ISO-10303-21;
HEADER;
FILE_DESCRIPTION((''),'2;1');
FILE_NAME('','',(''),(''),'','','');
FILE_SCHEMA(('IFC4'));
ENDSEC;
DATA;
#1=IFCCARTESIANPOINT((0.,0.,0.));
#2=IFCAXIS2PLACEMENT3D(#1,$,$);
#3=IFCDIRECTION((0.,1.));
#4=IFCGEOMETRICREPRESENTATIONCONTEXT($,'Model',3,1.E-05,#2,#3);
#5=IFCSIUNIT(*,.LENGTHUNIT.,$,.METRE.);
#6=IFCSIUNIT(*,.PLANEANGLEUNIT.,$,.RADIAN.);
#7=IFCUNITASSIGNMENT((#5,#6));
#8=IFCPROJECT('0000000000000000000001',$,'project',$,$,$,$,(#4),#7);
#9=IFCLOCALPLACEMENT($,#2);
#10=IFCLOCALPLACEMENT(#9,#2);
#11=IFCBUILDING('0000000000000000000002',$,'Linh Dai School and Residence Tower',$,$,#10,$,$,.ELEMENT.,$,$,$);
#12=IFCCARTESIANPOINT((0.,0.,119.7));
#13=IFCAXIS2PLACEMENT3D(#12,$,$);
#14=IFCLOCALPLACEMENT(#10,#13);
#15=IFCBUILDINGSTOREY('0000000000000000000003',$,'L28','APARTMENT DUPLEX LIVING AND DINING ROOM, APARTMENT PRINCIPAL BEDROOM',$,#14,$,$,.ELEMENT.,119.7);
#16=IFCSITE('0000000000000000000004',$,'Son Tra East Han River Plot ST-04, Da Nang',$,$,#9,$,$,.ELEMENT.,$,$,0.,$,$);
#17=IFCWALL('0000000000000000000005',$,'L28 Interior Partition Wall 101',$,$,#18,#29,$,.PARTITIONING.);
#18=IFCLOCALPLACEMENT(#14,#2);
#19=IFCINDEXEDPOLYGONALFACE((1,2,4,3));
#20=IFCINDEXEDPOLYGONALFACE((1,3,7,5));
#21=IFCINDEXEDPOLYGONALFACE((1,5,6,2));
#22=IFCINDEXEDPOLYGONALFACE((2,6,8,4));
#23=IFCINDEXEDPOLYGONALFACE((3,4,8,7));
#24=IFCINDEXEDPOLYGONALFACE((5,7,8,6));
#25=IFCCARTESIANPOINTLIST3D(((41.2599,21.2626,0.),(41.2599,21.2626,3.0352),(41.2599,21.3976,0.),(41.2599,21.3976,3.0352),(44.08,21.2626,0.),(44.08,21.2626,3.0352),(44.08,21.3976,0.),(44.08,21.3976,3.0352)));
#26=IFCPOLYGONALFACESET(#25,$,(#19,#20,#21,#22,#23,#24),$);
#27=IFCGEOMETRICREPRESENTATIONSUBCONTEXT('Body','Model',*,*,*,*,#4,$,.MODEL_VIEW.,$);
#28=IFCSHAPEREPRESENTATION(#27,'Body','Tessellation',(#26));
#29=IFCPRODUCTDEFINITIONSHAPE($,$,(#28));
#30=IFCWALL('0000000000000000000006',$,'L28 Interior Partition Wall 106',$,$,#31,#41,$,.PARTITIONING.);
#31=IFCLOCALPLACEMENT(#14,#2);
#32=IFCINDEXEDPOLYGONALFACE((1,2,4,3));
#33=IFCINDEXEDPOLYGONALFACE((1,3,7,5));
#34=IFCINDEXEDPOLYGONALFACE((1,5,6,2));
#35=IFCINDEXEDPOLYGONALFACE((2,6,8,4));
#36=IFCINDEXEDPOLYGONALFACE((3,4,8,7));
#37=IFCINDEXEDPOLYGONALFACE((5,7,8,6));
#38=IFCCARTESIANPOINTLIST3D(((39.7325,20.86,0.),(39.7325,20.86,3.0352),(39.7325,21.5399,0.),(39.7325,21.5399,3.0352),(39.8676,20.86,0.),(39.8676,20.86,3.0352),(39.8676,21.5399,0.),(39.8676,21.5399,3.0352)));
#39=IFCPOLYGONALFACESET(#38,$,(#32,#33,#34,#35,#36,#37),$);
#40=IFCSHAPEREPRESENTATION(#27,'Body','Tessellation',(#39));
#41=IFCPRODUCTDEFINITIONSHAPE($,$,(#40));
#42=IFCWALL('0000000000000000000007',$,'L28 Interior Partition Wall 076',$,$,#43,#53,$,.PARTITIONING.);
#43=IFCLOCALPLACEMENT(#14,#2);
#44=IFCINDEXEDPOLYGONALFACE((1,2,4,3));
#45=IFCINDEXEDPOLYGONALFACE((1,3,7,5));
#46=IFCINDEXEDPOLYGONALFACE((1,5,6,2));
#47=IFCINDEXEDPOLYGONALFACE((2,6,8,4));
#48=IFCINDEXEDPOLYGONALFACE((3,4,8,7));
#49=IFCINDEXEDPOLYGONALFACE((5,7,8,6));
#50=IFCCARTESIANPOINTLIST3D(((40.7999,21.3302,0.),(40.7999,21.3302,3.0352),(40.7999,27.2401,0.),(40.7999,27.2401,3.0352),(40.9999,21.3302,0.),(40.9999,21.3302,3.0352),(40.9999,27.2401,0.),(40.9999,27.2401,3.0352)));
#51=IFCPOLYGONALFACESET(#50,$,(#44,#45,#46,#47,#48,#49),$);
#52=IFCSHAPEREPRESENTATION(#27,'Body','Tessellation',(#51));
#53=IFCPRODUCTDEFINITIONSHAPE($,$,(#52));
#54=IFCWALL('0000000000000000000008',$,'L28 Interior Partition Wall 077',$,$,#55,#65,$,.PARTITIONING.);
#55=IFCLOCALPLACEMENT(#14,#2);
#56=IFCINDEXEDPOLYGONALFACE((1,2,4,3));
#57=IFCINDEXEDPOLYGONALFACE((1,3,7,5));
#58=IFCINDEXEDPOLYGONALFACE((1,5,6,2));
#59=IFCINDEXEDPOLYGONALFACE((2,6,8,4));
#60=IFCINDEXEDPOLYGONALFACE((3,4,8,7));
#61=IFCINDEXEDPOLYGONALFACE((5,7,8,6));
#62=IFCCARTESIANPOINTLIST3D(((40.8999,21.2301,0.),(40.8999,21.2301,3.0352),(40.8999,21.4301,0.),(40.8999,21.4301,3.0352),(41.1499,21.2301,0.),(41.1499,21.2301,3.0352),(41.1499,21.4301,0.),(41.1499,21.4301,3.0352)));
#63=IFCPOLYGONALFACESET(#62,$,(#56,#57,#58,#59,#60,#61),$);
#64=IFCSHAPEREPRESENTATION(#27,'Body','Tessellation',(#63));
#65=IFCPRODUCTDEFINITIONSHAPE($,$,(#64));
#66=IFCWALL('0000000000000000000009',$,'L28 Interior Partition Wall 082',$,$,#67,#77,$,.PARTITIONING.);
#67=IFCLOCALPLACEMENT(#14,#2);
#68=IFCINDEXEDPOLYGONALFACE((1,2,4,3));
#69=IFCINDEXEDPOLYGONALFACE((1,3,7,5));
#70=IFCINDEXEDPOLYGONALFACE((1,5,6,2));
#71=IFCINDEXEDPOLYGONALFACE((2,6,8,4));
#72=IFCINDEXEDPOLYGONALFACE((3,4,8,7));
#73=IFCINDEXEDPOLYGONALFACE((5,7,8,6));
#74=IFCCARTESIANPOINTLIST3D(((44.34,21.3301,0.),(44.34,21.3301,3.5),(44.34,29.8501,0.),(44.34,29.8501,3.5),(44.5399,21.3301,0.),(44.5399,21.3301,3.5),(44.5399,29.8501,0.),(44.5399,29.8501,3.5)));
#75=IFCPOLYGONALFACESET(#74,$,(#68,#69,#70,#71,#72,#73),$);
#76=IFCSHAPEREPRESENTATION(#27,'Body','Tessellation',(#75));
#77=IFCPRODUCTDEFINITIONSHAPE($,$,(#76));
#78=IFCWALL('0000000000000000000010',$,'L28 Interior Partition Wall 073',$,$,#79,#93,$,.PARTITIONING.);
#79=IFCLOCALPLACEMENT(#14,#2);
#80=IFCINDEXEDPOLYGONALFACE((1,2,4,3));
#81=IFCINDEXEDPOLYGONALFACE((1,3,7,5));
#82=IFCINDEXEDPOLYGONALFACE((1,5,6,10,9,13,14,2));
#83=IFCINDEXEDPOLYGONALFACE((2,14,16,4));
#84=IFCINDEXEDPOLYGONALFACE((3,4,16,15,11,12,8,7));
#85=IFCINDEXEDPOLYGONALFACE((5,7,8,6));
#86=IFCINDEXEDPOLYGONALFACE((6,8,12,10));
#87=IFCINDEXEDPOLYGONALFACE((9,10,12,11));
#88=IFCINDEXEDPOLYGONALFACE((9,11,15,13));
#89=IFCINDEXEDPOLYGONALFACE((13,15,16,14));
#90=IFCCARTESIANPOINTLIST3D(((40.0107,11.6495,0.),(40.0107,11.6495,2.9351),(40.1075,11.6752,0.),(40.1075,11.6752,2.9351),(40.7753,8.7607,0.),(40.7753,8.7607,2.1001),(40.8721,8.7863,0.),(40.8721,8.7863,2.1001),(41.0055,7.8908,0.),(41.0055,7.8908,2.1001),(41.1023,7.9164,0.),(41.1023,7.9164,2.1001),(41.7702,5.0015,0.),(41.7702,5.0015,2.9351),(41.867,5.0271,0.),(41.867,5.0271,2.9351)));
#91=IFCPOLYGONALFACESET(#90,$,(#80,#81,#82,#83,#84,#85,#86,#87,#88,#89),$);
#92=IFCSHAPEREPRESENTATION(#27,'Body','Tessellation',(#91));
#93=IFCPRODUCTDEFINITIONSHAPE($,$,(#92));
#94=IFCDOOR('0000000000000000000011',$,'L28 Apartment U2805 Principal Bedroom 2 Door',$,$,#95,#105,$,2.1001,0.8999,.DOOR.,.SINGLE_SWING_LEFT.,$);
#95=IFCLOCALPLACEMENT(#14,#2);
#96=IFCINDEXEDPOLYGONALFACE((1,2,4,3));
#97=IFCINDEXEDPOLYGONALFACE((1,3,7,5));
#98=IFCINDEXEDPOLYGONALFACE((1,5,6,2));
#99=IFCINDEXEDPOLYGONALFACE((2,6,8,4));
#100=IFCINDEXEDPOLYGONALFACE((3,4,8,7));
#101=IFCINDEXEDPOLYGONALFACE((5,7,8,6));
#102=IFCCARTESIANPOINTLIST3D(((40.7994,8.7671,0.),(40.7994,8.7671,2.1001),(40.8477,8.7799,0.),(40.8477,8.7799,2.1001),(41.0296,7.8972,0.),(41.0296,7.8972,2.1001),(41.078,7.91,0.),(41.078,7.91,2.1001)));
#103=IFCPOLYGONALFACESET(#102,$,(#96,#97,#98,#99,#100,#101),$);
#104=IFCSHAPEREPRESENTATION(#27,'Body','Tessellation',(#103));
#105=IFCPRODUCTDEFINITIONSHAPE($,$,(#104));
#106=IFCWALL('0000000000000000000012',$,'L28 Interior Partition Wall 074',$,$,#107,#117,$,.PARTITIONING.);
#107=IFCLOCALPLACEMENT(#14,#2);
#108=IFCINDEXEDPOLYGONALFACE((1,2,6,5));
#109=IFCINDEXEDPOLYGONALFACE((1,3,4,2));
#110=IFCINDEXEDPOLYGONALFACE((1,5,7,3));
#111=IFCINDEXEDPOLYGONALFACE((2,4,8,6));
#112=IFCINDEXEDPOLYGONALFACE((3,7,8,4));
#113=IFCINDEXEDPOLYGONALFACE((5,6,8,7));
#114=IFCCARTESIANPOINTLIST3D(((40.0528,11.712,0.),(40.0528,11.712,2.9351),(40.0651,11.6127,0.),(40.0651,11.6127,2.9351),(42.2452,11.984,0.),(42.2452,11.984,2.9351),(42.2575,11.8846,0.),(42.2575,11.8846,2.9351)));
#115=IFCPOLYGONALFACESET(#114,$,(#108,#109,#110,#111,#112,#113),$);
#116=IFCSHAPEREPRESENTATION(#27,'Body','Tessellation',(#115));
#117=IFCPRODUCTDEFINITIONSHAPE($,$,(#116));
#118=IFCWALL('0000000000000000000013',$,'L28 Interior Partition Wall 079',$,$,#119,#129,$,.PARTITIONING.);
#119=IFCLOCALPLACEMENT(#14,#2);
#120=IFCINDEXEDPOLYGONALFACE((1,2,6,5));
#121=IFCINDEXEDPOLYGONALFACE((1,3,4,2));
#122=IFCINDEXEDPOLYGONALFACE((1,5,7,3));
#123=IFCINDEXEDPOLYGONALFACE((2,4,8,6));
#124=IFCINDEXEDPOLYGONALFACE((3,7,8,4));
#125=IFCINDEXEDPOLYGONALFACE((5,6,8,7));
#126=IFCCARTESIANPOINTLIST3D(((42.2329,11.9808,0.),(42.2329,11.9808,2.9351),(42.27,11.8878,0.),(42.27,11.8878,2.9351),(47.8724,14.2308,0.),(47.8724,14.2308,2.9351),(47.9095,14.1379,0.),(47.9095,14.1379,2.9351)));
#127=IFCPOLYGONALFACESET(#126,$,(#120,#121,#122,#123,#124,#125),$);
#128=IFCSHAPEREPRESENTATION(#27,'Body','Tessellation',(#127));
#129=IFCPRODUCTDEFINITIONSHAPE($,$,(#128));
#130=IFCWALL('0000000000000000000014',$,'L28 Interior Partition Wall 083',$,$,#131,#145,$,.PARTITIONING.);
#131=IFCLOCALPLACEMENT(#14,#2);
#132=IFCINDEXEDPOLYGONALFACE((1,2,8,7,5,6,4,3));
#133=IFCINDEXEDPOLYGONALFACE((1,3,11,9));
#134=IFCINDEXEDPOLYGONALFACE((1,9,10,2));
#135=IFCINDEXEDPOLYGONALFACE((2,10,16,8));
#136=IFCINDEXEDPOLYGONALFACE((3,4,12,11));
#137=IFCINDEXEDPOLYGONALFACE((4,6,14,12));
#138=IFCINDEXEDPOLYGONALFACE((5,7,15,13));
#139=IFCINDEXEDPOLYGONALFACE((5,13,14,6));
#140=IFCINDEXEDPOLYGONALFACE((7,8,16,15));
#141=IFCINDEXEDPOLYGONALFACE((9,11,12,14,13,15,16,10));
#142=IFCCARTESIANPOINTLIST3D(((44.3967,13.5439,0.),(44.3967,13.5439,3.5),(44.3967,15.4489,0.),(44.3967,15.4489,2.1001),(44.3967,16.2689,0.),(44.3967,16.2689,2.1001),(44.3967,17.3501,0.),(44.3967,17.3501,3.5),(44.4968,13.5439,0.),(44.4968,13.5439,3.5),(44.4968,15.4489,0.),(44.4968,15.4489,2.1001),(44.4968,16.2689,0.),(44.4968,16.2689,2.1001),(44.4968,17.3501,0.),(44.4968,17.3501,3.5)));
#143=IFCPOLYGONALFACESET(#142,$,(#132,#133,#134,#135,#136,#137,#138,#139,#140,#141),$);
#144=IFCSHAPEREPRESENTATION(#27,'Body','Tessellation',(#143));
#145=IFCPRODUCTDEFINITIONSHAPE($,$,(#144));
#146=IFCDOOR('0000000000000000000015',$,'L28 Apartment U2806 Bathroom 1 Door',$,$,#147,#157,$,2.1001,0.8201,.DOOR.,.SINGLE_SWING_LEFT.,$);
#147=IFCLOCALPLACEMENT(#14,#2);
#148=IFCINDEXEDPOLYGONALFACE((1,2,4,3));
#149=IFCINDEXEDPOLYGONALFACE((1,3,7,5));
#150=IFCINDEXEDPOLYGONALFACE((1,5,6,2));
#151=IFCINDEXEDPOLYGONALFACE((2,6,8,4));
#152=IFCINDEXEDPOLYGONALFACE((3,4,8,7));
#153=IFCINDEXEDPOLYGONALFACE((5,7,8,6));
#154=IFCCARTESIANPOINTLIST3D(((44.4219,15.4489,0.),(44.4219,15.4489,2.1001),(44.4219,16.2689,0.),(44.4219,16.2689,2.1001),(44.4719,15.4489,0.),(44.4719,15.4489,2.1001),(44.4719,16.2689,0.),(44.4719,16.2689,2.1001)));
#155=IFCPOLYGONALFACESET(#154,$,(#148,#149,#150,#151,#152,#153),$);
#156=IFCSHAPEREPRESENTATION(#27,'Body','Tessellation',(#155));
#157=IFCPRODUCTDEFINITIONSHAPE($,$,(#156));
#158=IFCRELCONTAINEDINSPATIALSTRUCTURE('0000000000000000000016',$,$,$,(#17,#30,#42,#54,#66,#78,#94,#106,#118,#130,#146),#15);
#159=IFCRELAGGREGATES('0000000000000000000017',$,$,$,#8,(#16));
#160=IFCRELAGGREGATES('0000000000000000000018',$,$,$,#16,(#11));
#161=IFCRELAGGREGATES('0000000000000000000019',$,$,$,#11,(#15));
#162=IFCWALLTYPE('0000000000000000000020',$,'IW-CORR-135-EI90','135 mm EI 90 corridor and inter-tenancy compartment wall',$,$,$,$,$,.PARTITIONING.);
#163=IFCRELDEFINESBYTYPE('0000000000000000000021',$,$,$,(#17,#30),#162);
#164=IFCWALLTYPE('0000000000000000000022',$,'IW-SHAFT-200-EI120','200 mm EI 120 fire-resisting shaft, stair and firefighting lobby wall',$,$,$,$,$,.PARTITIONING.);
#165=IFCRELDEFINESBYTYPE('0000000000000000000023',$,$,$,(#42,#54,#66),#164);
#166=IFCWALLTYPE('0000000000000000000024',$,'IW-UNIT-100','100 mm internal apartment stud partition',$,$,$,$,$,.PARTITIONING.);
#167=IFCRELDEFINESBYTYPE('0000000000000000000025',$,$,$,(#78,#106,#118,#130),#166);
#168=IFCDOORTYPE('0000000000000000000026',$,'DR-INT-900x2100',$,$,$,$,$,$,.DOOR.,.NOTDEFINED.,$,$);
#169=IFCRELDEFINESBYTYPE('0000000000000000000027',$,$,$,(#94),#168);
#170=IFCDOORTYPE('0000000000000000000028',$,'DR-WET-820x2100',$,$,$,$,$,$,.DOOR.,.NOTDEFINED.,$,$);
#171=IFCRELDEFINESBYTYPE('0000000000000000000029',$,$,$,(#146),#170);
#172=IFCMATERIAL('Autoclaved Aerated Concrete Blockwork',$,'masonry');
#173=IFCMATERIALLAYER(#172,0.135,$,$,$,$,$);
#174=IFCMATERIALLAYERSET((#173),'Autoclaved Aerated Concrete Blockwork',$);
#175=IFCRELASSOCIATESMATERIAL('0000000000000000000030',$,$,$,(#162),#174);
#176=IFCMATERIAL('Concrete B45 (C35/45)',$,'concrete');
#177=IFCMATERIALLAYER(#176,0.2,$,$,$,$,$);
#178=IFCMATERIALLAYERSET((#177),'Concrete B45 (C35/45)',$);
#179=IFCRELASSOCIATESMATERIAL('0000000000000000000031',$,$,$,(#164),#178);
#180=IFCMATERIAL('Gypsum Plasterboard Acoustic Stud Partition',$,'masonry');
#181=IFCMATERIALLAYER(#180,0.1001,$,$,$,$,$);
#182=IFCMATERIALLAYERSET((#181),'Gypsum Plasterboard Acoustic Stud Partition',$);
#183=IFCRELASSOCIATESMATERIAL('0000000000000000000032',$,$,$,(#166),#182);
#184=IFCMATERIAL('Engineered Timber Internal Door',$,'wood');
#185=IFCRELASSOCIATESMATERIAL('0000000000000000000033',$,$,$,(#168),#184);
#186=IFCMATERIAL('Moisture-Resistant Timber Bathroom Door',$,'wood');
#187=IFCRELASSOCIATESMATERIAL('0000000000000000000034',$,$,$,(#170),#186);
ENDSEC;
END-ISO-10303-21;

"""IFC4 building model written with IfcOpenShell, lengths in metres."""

from ifc_helpers import new_model, si_unit, direction, frame, frame_2d, origin, origin_2d, place, context, subcontext, project, spatial, rectangle, extrude, source, transform, mapped, material, layer, layer_set, type_object, element, fill, save


model = new_model("IFC4")

# Units and contexts
model_context = context("Model", 3, precision=1e-05, world=origin(), true_north=direction((0.0, 1.0)))
body_context = subcontext(model_context, "Body", "Model", "MODEL_VIEW")
ifc_project = project(units=[si_unit("LENGTHUNIT", "METRE"), si_unit("PLANEANGLEUNIT", "RADIAN")], contexts=[model_context])

# Site, building, storey
site_placement = place(None, origin())
site = spatial("IfcSite", under=ifc_project, at=site_placement, Name="Son Tra East Han River Plot ST-04, Da Nang", CompositionType="ELEMENT", RefElevation=0.0)
building_placement = place(site_placement, origin())
building = spatial("IfcBuilding", under=site, at=building_placement, Name="Linh Dai School and Residence Tower", CompositionType="ELEMENT")
storey_placement = place(building_placement, frame((0.0, 0.0, 119.7)))
storey = spatial("IfcBuildingStorey", under=building, at=storey_placement, Name="L28", Description="APARTMENT DUPLEX LIVING AND DINING ROOM, APARTMENT PRINCIPAL BEDROOM", CompositionType="ELEMENT", Elevation=119.7)

# Walls
ifc_material_1 = material(Name="Autoclaved Aerated Concrete Blockwork", Category="masonry")
ifc_layer_1 = layer(ifc_material_1, 0.135)
ifc_layer_set_1 = layer_set([ifc_layer_1], Name="Autoclaved Aerated Concrete Blockwork")
wall_type_1 = type_object("IfcWallType", Name="IW-CORR-135-EI90", Description="135 mm EI 90 corridor and inter-tenancy compartment wall", PredefinedType="PARTITIONING", material=ifc_layer_set_1)
wall_1_placement = place(storey_placement, frame((44.0801, 21.3301, 0.0), z_axis=(0.0, 0.0, 1.0), x_axis=(-1.0, 0.0, 0.0)))
element("IfcWall", 1, at=wall_1_placement, inside=storey, type_object=wall_type_1, Name="L28 Interior Partition Wall 101", PredefinedType="PARTITIONING", context=body_context, shape_type="SweptSolid", body=[
    extrude(rectangle(XDim=2.8201, YDim=0.135, at=frame_2d((1.4102, 0.0))), origin(), (0.0, 0.0, 1.0), 3.0352),
])
wall_2_placement = place(storey_placement, frame((39.8, 20.8601, 0.0), z_axis=(0.0, 0.0, 1.0), x_axis=(0.0, 1.0, 0.0)))
element("IfcWall", 2, at=wall_2_placement, inside=storey, type_object=wall_type_1, Name="L28 Interior Partition Wall 106", PredefinedType="PARTITIONING", context=body_context, shape_type="SweptSolid", body=[
    extrude(rectangle(XDim=0.6799, YDim=0.135, at=frame_2d((0.3398, 0.0))), origin(), (0.0, 0.0, 1.0), 3.0352),
])
ifc_material_2 = material(Name="Concrete B45 (C35/45)", Category="concrete")
ifc_layer_2 = layer(ifc_material_2, 0.2)
ifc_layer_set_2 = layer_set([ifc_layer_2], Name="Concrete B45 (C35/45)")
wall_type_2 = type_object("IfcWallType", Name="IW-SHAFT-200-EI120", Description="200 mm EI 120 fire-resisting shaft, stair and firefighting lobby wall", PredefinedType="PARTITIONING", material=ifc_layer_set_2)
wall_3_placement = place(storey_placement, frame((40.8999, 21.3301, 0.0), z_axis=(0.0, 0.0, 1.0), x_axis=(0.0, 1.0, 0.0)))
element("IfcWall", 3, at=wall_3_placement, inside=storey, type_object=wall_type_2, Name="L28 Interior Partition Wall 076", PredefinedType="PARTITIONING", context=body_context, shape_type="SweptSolid", body=[
    extrude(rectangle(XDim=5.9099, YDim=0.2, at=frame_2d((2.9551, 0.0))), origin(), (0.0, 0.0, 1.0), 3.0352),
])
wall_4_placement = place(storey_placement, frame((40.8999, 21.3301, 0.0), z_axis=(0.0, 0.0, 1.0), x_axis=(1.0, 0.0, 0.0)))
element("IfcWall", 4, at=wall_4_placement, inside=storey, type_object=wall_type_2, Name="L28 Interior Partition Wall 077", PredefinedType="PARTITIONING", context=body_context, shape_type="SweptSolid", body=[
    extrude(rectangle(XDim=0.25, YDim=0.2, at=frame_2d((0.125, 0.0))), origin(), (0.0, 0.0, 1.0), 3.0352),
])
wall_5_placement = place(storey_placement, frame((44.4399, 21.3301, 0.0), z_axis=(0.0, 0.0, 1.0), x_axis=(0.0, 1.0, 0.0)))
element("IfcWall", 5, at=wall_5_placement, inside=storey, type_object=wall_type_2, Name="L28 Interior Partition Wall 082", PredefinedType="PARTITIONING", context=body_context, shape_type="SweptSolid", body=[
    extrude(rectangle(XDim=8.52, YDim=0.2, at=frame_2d((4.26, 0.0))), origin(), (0.0, 0.0, 1.0), 3.5),
])

# Wall, opening, door
ifc_material_3 = material(Name="Gypsum Plasterboard Acoustic Stud Partition", Category="masonry")
ifc_layer_3 = layer(ifc_material_3, 0.1001)
ifc_layer_set_3 = layer_set([ifc_layer_3], Name="Gypsum Plasterboard Acoustic Stud Partition")
wall_type_3 = type_object("IfcWallType", Name="IW-UNIT-100", Description="100 mm internal apartment stud partition", PredefinedType="PARTITIONING", material=ifc_layer_set_3)
wall_6_placement = place(storey_placement, frame((40.0591, 11.6624, 0.0), z_axis=(0.0, 0.0, 1.0), x_axis=(0.255861, -0.966713, 0.0)))
wall_6 = element("IfcWall", 6, at=wall_6_placement, inside=storey, type_object=wall_type_3, Name="L28 Interior Partition Wall 073", PredefinedType="PARTITIONING", context=body_context, shape_type="SweptSolid", body=[
    extrude(rectangle(XDim=6.877, YDim=0.1001, at=frame_2d((3.4385, 0.0))), origin(), (0.0, 0.0, 1.0), 2.9351),
])
opening_1_placement = place(wall_6_placement, frame((2.9883, 0.0, 0.0)))
opening_1 = element("IfcOpeningElement", 7, at=opening_1_placement, cuts=wall_6, PredefinedType="OPENING", context=body_context, shape_type="SweptSolid", body=[
    extrude(rectangle(XDim=0.8999, YDim=2.1001, at=origin_2d()), frame((0.45, 0.0601, 1.05), z_axis=(0.0, -1.0, 0.0), x_axis=(1.0, 0.0, 0.0)), (0.0, 0.0, 1.0), 0.1201),
])
ifc_material_4 = material(Name="Engineered Timber Internal Door", Category="wood")
door_type_1 = type_object("IfcDoorType", Name="DR-INT-900x2100", OperationType="NOTDEFINED", PredefinedType="DOOR", material=ifc_material_4)
shared_shape_1 = source(origin(), body_context, "Body", "SweptSolid", [
    extrude(rectangle(XDim=0.8999, YDim=2.1001, at=origin_2d()), frame((0.45, 0.0249, 1.05), z_axis=(0.0, -1.0, 0.0), x_axis=(1.0, 0.0, 0.0)), (0.0, 0.0, 1.0), 0.05),
])
door_1_placement = place(opening_1_placement, origin())
door_1 = element("IfcDoor", 8, at=door_1_placement, inside=storey, type_object=door_type_1, Name="L28 Apartment U2805 Principal Bedroom 2 Door", OperationType="SINGLE_SWING_LEFT", OverallHeight=2.1001, OverallWidth=0.8999, PredefinedType="DOOR", context=body_context, shape_type="MappedRepresentation", body=[
    mapped(shared_shape_1, transform((0.0, 0.0, 0.0), x_axis=(1.0, 0.0, 0.0), y_axis=(0.0, 1.0, 0.0), z_axis=(0.0, 0.0, 1.0), scale=1.0)),
])
fill(opening_1, door_1)

# Walls
wall_7_placement = place(storey_placement, frame((40.0591, 11.6624, 0.0), z_axis=(0.0, 0.0, 1.0), x_axis=(0.992393, 0.12311, 0.0)))
element("IfcWall", 9, at=wall_7_placement, inside=storey, type_object=wall_type_3, Name="L28 Interior Partition Wall 074", PredefinedType="PARTITIONING", context=body_context, shape_type="SweptSolid", body=[
    extrude(rectangle(XDim=2.2092, YDim=0.1001, at=frame_2d((1.1045, 0.0))), origin(), (0.0, 0.0, 1.0), 2.9351),
])
wall_8_placement = place(storey_placement, frame((42.2515, 11.9343, 0.0), z_axis=(0.0, 0.0, 1.0), x_axis=(0.928804, 0.370572, 0.0)))
element("IfcWall", 10, at=wall_8_placement, inside=storey, type_object=wall_type_3, Name="L28 Interior Partition Wall 079", PredefinedType="PARTITIONING", context=body_context, shape_type="SweptSolid", body=[
    extrude(rectangle(XDim=6.0718, YDim=0.1001, at=frame_2d((3.0359, 0.0))), origin(), (0.0, 0.0, 1.0), 2.9351),
])

# Wall, opening, door
wall_9_placement = place(storey_placement, frame((44.4468, 13.5439, 0.0), z_axis=(0.0, 0.0, 1.0), x_axis=(0.0, 1.0, 0.0)))
wall_9 = element("IfcWall", 11, at=wall_9_placement, inside=storey, type_object=wall_type_3, Name="L28 Interior Partition Wall 083", PredefinedType="PARTITIONING", context=body_context, shape_type="SweptSolid", body=[
    extrude(rectangle(XDim=3.8062, YDim=0.1001, at=frame_2d((1.9031, 0.0))), origin(), (0.0, 0.0, 1.0), 3.5),
])
opening_2_placement = place(wall_9_placement, frame((1.9048, 0.0, 0.0)))
opening_2 = element("IfcOpeningElement", 12, at=opening_2_placement, cuts=wall_9, PredefinedType="OPENING", context=body_context, shape_type="SweptSolid", body=[
    extrude(rectangle(XDim=0.8201, YDim=2.1001, at=origin_2d()), frame((0.4102, 0.0601, 1.05), z_axis=(0.0, -1.0, 0.0), x_axis=(1.0, 0.0, 0.0)), (0.0, 0.0, 1.0), 0.1201),
])
ifc_material_5 = material(Name="Moisture-Resistant Timber Bathroom Door", Category="wood")
door_type_2 = type_object("IfcDoorType", Name="DR-WET-820x2100", OperationType="NOTDEFINED", PredefinedType="DOOR", material=ifc_material_5)
shared_shape_2 = source(origin(), body_context, "Body", "SweptSolid", [
    extrude(rectangle(XDim=0.8201, YDim=2.1001, at=origin_2d()), frame((0.4102, 0.0249, 1.05), z_axis=(0.0, -1.0, 0.0), x_axis=(1.0, 0.0, 0.0)), (0.0, 0.0, 1.0), 0.05),
])
door_2_placement = place(opening_2_placement, origin())
door_2 = element("IfcDoor", 13, at=door_2_placement, inside=storey, type_object=door_type_2, Name="L28 Apartment U2806 Bathroom 1 Door", OperationType="SINGLE_SWING_LEFT", OverallHeight=2.1001, OverallWidth=0.8201, PredefinedType="DOOR", context=body_context, shape_type="MappedRepresentation", body=[
    mapped(shared_shape_2, transform((0.0, 0.0, 0.0), x_axis=(1.0, 0.0, 0.0), y_axis=(0.0, 1.0, 0.0), z_axis=(0.0, 0.0, 1.0), scale=1.0)),
])
fill(opening_2, door_2)

save(model, "model.ifc")
